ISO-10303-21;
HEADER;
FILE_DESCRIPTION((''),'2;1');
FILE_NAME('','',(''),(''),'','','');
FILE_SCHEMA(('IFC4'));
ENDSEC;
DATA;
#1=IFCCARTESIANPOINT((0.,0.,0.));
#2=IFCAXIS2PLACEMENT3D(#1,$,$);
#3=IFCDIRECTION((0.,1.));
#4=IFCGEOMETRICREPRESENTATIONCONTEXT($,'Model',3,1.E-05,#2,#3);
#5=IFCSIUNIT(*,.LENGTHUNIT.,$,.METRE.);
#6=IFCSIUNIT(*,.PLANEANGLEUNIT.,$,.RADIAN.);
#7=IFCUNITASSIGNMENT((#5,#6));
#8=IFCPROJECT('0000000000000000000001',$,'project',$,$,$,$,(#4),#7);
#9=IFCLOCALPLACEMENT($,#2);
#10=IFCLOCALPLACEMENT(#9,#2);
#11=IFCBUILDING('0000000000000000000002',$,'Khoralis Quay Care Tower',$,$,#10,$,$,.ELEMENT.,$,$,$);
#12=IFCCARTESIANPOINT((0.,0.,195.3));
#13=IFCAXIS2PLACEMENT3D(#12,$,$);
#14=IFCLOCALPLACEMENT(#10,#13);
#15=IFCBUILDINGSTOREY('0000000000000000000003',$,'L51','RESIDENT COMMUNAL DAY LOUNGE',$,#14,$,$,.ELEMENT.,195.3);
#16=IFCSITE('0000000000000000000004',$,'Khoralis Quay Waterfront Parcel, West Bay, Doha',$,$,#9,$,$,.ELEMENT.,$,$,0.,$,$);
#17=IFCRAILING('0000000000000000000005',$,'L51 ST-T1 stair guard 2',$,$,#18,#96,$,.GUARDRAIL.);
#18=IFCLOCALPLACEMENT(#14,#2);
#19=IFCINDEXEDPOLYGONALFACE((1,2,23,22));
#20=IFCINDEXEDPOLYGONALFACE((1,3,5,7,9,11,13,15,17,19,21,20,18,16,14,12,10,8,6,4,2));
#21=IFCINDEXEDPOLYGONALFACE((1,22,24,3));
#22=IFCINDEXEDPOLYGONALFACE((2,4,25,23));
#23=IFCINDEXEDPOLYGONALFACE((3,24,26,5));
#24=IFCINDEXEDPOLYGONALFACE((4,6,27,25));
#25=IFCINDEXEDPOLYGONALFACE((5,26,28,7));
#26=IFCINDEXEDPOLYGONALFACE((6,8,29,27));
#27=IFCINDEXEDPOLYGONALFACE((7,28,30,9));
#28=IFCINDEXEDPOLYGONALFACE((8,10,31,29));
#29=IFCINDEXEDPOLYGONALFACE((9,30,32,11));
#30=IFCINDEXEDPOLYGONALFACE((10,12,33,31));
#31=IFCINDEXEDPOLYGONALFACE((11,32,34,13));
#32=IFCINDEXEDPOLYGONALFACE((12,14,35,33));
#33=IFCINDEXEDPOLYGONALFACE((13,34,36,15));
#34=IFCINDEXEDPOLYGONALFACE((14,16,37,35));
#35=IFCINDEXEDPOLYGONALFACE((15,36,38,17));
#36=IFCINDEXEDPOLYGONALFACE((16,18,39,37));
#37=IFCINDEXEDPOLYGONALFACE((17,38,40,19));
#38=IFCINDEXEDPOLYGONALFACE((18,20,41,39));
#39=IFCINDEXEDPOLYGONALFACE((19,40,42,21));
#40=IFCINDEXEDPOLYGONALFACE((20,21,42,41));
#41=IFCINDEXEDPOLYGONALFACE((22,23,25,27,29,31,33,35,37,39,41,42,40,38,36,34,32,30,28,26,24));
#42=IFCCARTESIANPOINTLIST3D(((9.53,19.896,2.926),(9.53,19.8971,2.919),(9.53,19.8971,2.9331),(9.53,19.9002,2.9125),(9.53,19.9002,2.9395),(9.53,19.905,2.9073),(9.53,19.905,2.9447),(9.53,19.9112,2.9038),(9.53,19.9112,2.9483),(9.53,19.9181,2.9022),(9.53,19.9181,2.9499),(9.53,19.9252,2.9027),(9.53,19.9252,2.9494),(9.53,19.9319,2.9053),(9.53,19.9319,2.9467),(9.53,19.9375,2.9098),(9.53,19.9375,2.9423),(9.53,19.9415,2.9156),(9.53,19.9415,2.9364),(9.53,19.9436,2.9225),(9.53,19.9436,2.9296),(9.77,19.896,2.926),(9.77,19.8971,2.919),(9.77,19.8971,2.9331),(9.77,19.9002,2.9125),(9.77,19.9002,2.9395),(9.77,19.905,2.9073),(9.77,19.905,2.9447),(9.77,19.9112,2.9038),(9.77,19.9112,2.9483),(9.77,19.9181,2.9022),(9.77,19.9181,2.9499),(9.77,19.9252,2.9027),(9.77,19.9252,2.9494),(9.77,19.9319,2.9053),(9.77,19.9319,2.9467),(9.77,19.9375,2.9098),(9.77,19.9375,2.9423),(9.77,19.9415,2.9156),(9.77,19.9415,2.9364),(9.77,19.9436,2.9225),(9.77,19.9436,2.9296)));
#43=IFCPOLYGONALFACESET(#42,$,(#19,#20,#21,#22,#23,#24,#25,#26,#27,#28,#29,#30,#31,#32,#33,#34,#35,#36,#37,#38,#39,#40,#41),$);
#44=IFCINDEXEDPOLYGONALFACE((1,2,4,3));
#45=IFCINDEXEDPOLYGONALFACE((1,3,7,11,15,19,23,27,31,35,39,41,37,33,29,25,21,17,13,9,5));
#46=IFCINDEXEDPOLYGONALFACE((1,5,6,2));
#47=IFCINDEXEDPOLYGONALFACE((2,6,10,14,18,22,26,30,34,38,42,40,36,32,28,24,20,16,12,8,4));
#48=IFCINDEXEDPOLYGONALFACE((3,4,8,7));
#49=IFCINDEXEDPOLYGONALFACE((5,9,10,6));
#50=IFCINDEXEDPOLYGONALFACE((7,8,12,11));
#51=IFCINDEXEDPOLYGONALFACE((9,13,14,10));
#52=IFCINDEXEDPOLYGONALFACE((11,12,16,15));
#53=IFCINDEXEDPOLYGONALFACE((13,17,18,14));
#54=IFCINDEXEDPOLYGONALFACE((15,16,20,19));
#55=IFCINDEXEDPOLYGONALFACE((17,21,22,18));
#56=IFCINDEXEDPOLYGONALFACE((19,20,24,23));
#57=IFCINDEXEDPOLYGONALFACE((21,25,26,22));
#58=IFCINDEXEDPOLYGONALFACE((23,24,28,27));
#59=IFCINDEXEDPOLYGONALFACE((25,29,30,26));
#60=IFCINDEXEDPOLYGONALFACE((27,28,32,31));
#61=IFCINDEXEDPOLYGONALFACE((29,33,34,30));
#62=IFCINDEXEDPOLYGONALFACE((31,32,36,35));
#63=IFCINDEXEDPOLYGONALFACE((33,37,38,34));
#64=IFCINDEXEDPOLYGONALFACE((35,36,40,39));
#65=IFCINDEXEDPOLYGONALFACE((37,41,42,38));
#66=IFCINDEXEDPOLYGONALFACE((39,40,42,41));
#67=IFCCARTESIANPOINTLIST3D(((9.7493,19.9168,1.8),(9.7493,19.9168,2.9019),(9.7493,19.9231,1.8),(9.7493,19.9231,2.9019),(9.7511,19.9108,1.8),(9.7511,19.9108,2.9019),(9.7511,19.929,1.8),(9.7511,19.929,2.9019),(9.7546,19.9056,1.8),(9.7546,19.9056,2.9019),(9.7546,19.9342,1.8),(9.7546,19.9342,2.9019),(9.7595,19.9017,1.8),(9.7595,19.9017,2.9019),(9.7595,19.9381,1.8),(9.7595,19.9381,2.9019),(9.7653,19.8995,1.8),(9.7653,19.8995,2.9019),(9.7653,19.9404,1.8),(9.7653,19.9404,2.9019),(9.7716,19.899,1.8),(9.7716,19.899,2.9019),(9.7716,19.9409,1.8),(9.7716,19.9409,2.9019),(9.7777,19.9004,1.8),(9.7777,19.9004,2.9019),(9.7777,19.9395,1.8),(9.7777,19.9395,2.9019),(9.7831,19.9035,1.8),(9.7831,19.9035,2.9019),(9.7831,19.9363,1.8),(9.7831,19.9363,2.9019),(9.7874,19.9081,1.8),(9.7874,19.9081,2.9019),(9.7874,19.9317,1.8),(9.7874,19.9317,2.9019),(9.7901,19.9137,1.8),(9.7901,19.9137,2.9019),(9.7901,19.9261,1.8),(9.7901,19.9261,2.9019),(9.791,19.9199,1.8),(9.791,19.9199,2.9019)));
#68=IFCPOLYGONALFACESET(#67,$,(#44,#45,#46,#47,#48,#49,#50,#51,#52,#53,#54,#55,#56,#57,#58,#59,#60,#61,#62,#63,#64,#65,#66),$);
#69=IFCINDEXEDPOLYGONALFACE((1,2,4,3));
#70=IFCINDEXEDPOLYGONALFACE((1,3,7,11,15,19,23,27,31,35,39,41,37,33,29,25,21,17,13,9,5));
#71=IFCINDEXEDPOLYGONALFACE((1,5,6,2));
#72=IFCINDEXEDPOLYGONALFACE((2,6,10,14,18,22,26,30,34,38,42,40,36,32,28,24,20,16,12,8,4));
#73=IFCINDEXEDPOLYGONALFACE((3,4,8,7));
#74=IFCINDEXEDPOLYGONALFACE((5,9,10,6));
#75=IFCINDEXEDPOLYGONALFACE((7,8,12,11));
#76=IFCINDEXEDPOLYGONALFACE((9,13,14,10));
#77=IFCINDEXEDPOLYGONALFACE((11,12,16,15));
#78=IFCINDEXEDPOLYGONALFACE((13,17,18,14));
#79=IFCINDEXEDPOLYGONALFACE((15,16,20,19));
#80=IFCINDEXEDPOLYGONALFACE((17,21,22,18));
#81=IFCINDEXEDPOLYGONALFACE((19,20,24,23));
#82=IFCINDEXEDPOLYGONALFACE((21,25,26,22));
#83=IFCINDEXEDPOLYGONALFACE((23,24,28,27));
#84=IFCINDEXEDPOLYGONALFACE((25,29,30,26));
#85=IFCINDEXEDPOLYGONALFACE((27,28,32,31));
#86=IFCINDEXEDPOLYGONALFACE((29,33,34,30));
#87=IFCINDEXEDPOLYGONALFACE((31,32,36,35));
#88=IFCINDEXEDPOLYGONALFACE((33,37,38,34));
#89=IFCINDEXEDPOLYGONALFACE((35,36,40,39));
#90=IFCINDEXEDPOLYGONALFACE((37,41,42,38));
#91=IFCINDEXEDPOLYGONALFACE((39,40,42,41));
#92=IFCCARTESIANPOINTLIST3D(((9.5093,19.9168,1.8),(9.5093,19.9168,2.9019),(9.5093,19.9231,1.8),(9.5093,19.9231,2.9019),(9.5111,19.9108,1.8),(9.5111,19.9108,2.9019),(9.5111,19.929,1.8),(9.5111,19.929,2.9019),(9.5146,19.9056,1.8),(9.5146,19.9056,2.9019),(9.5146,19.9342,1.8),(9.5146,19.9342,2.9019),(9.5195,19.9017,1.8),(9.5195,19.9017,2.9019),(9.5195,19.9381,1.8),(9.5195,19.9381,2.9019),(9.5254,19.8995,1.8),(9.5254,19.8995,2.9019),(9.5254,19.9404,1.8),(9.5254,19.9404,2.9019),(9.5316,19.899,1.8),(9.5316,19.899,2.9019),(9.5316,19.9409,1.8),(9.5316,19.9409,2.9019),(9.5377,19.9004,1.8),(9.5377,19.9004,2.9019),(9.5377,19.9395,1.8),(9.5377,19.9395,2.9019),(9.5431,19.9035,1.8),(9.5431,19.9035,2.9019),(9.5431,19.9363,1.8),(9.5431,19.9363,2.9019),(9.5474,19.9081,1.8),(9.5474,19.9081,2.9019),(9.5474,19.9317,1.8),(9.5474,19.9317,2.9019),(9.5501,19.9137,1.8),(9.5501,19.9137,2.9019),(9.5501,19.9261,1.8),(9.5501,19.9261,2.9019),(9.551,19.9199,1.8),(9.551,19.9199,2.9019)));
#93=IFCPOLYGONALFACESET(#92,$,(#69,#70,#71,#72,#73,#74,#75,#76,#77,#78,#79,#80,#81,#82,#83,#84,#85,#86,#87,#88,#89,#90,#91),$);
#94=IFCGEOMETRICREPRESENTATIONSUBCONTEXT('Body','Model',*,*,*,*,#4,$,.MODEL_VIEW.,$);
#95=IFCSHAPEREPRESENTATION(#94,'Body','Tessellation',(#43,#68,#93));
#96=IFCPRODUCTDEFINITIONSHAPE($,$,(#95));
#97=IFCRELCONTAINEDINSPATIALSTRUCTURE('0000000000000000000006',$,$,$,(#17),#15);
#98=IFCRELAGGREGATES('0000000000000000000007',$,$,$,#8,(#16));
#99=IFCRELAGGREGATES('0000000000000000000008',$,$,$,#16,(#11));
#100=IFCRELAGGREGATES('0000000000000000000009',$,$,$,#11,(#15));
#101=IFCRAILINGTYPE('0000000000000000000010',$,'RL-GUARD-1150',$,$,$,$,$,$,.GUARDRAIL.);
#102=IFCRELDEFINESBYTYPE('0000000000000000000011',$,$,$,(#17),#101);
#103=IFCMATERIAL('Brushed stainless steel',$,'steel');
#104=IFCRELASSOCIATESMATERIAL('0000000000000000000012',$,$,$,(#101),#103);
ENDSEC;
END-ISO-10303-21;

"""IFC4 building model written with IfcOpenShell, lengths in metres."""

from ifc_helpers import new_model, si_unit, direction, frame, origin, origin_2d, place, context, subcontext, project, spatial, circle, extrude, material, type_object, element, save


model = new_model("IFC4")

# Units and contexts
model_context = context("Model", 3, precision=1e-05, world=origin(), true_north=direction((0.0, 1.0)))
body_context = subcontext(model_context, "Body", "Model", "MODEL_VIEW")
ifc_project = project(units=[si_unit("LENGTHUNIT", "METRE"), si_unit("PLANEANGLEUNIT", "RADIAN")], contexts=[model_context])

# Site, building, storey
site_placement = place(None, origin())
site = spatial("IfcSite", under=ifc_project, at=site_placement, Name="Khoralis Quay Waterfront Parcel, West Bay, Doha", CompositionType="ELEMENT", RefElevation=0.0)
building_placement = place(site_placement, origin())
building = spatial("IfcBuilding", under=site, at=building_placement, Name="Khoralis Quay Care Tower", CompositionType="ELEMENT")
storey_placement = place(building_placement, frame((0.0, 0.0, 195.3)))
storey = spatial("IfcBuildingStorey", under=building, at=storey_placement, Name="L51", Description="RESIDENT COMMUNAL DAY LOUNGE", CompositionType="ELEMENT", Elevation=195.3)

# Railing
ifc_material_1 = material(Name="Brushed stainless steel", Category="steel")
railing_type_1 = type_object("IfcRailingType", Name="RL-GUARD-1150", PredefinedType="GUARDRAIL", material=ifc_material_1)
railing_1_placement = place(storey_placement, frame((9.77, 19.9199, 1.8)))
element("IfcRailing", 1, at=railing_1_placement, inside=storey, type_object=railing_type_1, Name="L51 ST-T1 stair guard 2", PredefinedType="GUARDRAIL", context=body_context, shape_type="SweptSolid", body=[
    extrude(circle(Radius=0.0239, at=origin_2d()), frame((0.0, 0.0, 1.126), z_axis=(-1.0, 0.0, 0.0), x_axis=(0.0, -1.0, 0.0)), (0.0, 0.0, 1.0), 0.24),
    extrude(circle(Radius=0.021, at=origin_2d()), origin(), (0.0, 0.0, 1.0), 1.1018),
    extrude(circle(Radius=0.021, at=origin_2d()), frame((-0.24, 0.0, 0.0)), (0.0, 0.0, 1.0), 1.1018),
])

save(model, "model.ifc")
